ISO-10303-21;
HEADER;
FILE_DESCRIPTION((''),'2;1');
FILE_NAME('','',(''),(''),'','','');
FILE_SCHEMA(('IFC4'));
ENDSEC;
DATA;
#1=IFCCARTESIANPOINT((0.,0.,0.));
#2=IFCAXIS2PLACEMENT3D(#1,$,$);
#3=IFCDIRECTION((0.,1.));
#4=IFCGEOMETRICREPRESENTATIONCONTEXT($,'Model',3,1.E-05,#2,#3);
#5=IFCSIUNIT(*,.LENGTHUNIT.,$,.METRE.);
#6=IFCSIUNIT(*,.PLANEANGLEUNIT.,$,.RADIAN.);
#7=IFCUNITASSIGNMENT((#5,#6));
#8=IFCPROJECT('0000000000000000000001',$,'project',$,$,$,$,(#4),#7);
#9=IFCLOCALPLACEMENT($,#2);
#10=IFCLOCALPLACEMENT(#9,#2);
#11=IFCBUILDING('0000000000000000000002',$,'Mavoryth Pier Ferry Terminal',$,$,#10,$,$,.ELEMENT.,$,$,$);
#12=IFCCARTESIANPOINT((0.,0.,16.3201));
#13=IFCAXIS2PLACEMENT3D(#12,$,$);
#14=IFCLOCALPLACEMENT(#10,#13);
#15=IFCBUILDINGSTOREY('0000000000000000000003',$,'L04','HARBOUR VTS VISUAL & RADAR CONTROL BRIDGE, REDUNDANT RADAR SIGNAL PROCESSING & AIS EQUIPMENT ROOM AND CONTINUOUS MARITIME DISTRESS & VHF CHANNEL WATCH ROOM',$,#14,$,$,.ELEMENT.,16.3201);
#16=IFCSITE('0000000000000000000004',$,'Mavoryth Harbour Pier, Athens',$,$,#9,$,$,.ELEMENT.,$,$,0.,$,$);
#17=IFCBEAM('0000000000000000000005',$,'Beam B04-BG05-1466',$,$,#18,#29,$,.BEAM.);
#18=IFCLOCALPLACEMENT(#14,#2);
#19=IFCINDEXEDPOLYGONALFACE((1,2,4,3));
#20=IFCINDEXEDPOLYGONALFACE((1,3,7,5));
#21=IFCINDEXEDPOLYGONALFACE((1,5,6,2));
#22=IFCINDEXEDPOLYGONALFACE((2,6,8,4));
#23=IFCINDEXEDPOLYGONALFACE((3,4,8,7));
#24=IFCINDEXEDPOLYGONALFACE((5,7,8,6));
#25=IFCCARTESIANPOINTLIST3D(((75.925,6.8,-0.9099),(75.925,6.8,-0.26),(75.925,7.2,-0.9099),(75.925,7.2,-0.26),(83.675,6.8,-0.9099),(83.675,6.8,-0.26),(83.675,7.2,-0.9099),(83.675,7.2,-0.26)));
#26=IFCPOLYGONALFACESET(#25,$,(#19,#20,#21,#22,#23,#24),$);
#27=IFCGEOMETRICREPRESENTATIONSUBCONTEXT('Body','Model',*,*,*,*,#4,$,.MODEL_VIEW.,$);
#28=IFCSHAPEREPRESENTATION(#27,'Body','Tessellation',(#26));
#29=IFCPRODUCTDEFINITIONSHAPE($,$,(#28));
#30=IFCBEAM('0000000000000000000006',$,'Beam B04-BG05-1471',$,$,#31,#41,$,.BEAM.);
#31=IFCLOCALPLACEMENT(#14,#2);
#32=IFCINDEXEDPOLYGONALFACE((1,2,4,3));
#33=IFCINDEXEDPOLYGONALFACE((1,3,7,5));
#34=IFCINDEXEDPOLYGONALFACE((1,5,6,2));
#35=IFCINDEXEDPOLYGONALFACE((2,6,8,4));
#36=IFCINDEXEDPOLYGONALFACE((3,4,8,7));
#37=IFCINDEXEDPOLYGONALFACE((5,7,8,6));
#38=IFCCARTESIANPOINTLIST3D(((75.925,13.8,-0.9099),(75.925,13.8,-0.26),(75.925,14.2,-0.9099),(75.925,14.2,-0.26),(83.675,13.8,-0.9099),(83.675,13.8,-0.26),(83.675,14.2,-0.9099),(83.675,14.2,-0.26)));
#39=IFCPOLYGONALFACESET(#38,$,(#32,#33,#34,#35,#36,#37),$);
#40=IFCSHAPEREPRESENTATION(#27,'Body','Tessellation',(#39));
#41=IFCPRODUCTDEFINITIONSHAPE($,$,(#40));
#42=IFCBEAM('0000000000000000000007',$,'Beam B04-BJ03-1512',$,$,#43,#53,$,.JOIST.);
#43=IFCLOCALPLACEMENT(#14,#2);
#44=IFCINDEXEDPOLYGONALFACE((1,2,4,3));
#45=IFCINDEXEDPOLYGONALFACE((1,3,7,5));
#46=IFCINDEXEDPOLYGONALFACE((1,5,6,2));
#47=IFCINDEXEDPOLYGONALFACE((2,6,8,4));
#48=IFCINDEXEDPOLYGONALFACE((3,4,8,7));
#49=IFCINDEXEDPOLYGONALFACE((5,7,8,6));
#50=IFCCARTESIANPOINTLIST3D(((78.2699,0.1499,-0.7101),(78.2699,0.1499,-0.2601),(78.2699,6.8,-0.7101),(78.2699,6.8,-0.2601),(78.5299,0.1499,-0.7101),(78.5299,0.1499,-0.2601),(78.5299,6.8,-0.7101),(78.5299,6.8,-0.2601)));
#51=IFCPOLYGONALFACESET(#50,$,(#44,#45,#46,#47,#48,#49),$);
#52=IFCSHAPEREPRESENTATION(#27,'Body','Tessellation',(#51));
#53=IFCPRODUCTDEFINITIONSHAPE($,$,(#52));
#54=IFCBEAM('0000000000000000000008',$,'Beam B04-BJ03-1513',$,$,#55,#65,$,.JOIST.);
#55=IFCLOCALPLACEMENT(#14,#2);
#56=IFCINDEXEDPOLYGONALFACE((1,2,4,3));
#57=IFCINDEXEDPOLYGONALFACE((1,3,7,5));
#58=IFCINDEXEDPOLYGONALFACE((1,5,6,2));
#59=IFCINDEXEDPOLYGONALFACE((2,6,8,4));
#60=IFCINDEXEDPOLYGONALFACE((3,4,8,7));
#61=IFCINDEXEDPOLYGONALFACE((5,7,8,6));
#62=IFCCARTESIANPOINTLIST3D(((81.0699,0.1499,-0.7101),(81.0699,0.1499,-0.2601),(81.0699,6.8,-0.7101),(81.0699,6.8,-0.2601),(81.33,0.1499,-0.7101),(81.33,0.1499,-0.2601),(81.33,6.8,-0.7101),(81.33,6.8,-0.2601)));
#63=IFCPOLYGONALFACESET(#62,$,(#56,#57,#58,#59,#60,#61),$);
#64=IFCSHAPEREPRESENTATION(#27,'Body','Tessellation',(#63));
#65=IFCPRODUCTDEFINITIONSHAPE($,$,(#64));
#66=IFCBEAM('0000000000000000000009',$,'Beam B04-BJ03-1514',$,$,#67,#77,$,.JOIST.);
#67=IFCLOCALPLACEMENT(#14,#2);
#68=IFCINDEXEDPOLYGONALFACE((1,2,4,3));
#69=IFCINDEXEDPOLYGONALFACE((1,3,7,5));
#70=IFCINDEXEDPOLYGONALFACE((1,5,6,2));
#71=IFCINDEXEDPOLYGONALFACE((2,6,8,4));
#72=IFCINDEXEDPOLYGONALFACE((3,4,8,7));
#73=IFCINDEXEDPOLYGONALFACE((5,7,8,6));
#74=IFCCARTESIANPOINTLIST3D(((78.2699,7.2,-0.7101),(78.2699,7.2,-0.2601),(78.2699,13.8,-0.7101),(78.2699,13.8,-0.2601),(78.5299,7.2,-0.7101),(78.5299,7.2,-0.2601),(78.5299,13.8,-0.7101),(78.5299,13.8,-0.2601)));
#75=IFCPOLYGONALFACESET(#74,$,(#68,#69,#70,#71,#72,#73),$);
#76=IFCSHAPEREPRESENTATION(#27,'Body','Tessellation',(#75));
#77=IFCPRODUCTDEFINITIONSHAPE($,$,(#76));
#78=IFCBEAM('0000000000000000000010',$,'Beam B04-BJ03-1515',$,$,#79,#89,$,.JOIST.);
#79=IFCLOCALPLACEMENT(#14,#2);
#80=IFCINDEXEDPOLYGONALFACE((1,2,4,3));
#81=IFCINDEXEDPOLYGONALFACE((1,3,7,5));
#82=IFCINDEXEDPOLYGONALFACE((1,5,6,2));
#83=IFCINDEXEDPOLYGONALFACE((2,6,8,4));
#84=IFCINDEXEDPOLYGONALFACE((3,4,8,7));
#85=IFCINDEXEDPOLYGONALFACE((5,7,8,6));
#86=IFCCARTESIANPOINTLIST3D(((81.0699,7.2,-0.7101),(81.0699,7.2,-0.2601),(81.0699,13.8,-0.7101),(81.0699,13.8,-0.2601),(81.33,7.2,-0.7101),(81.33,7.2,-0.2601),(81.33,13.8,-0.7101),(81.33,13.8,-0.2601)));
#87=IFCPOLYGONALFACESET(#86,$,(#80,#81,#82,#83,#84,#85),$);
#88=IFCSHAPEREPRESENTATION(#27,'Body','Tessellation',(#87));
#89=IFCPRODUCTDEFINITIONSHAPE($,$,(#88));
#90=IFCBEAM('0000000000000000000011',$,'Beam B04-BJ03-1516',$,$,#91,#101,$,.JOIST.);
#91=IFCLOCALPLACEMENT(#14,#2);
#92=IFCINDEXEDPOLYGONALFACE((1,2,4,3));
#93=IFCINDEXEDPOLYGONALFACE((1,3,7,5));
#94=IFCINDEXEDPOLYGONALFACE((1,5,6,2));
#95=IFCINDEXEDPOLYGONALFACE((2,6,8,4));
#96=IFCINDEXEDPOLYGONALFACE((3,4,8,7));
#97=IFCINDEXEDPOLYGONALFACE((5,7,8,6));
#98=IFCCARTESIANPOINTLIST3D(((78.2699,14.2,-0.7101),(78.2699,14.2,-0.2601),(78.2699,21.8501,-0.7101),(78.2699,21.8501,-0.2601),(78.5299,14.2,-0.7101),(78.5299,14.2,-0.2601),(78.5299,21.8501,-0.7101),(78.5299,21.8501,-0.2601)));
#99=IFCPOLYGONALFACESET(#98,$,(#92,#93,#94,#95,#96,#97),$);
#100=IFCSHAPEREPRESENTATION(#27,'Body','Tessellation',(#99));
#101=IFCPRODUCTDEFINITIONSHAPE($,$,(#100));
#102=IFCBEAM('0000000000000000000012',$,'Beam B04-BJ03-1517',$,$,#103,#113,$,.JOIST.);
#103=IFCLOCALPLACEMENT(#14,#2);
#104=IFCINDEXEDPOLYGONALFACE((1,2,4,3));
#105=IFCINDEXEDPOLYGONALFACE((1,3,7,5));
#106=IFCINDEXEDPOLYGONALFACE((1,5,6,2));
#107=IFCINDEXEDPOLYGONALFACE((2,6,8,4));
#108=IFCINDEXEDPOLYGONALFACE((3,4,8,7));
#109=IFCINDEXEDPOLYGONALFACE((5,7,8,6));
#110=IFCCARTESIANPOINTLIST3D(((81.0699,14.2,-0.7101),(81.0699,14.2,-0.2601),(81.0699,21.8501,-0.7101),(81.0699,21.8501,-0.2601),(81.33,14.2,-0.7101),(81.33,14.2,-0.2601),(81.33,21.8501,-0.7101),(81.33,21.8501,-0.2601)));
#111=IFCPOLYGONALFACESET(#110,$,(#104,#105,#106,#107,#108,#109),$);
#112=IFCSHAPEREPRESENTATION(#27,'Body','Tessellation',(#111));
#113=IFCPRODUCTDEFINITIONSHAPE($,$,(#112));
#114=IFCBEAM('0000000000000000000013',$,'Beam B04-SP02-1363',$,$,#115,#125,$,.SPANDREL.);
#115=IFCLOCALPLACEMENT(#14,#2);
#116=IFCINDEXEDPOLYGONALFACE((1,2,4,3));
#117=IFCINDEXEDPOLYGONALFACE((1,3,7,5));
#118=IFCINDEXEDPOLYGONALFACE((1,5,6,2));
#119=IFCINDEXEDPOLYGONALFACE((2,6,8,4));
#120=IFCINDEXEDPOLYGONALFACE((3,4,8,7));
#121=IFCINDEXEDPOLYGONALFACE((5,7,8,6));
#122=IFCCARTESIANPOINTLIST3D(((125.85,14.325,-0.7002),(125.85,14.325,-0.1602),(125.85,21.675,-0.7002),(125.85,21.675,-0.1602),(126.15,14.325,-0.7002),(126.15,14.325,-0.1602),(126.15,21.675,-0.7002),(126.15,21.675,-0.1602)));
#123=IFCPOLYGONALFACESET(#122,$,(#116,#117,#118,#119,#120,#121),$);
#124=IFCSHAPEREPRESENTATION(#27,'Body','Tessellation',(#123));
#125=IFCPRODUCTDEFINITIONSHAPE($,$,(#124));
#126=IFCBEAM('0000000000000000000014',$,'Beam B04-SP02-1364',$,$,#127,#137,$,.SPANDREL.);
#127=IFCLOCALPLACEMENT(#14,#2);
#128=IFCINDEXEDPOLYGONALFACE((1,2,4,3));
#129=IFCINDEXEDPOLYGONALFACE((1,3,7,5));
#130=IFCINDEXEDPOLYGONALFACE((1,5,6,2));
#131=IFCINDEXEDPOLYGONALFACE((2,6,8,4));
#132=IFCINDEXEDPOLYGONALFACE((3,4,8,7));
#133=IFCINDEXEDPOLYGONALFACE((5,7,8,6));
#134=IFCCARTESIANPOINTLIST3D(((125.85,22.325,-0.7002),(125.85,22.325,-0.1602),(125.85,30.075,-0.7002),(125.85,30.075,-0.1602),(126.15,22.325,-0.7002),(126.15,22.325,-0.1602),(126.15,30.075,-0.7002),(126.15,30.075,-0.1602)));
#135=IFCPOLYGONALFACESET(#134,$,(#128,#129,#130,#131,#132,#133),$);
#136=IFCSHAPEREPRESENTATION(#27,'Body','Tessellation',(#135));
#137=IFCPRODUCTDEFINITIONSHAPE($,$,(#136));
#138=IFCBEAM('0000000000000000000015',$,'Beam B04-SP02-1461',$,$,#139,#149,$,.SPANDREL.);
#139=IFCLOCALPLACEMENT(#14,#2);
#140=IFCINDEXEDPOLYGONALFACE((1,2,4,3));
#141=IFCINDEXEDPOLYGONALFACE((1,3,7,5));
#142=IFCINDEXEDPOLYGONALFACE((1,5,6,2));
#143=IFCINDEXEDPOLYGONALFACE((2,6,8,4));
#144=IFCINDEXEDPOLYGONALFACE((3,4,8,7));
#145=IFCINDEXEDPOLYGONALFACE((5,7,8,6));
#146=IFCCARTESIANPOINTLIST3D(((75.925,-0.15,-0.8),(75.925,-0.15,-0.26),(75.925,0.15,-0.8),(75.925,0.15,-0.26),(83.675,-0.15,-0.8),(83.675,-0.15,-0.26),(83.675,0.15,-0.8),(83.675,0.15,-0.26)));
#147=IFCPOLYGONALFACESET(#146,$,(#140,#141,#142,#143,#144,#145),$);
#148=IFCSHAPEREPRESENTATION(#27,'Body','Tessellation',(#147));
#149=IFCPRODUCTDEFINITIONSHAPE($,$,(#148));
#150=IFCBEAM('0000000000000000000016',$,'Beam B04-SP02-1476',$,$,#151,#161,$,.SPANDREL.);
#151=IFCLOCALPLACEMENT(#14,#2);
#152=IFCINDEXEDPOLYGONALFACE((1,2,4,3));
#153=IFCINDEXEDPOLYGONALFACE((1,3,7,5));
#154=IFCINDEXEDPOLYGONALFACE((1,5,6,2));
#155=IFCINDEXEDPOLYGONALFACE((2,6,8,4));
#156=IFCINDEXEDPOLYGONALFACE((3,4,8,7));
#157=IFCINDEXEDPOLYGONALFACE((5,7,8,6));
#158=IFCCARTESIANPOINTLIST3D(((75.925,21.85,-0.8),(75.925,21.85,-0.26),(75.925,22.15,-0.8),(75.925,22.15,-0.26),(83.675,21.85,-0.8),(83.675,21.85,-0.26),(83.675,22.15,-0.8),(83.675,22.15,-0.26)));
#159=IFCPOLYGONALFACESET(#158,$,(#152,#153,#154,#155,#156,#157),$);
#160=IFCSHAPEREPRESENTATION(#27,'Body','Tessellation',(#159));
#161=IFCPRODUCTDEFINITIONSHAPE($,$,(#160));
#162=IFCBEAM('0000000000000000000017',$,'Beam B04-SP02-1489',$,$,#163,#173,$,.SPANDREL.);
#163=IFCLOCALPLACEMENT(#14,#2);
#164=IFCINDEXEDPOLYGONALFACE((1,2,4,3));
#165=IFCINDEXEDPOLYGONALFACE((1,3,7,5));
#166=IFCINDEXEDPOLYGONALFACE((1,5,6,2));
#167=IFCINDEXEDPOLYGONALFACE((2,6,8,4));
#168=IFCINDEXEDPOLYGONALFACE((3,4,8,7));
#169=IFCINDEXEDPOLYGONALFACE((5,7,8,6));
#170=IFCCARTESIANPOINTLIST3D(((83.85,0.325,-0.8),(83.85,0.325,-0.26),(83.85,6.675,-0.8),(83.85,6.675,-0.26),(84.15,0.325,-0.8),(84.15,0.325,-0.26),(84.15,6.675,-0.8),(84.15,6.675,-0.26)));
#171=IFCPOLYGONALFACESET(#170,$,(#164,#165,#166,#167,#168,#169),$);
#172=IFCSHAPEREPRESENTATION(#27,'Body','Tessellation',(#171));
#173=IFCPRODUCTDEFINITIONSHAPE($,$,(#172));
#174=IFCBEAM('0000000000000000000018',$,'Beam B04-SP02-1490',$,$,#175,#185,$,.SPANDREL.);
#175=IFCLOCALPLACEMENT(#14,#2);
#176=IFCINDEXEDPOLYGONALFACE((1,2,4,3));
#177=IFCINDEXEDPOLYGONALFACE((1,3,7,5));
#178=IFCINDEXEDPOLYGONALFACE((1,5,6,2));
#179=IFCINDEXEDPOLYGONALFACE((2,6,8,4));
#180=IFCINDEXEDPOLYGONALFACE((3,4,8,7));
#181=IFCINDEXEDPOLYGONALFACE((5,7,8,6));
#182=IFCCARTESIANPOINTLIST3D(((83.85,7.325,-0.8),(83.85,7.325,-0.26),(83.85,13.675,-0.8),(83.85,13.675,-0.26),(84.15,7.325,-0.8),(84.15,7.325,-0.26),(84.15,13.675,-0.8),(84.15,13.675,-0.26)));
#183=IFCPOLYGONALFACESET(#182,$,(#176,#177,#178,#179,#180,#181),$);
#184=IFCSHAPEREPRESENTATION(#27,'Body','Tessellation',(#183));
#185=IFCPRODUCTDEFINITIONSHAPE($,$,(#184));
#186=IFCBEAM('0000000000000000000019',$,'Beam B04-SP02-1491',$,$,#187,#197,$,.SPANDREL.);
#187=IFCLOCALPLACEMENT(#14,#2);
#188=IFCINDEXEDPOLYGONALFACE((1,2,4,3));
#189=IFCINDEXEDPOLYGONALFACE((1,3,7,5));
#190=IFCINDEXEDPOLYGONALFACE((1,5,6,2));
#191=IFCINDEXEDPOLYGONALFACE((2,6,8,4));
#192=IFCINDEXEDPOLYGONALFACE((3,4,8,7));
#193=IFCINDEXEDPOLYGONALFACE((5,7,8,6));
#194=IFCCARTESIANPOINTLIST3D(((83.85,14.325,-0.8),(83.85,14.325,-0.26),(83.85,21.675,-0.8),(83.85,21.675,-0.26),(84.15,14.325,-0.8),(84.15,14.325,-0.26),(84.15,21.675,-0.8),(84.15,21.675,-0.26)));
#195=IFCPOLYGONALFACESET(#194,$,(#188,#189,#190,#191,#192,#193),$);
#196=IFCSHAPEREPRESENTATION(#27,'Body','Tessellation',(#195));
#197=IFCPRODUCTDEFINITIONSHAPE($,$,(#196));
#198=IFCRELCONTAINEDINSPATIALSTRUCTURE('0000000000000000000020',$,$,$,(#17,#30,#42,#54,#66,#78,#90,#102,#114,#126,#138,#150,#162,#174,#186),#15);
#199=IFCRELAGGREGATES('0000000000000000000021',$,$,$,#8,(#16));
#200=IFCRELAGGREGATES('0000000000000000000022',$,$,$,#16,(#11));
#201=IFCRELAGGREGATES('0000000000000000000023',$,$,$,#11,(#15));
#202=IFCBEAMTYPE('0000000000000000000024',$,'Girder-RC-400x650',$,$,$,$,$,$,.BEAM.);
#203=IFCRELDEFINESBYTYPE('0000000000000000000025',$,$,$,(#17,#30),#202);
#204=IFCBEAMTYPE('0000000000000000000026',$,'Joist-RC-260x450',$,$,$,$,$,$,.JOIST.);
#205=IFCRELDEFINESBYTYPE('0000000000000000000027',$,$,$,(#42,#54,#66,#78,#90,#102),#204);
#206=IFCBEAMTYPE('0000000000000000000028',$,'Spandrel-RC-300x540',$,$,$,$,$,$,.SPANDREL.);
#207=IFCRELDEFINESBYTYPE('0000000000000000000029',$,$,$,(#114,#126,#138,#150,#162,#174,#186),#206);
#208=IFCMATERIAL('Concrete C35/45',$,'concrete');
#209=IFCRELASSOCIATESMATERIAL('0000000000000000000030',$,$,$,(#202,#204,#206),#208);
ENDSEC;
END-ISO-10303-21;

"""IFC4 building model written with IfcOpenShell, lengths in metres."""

from ifc_helpers import new_model, si_unit, direction, frame, origin, origin_2d, place, context, subcontext, project, spatial, rectangle, extrude, material, material_profile, profile_set, type_object, element, save


model = new_model("IFC4")

# Units and contexts
model_context = context("Model", 3, precision=1e-05, world=origin(), true_north=direction((0.0, 1.0)))
body_context = subcontext(model_context, "Body", "Model", "MODEL_VIEW")
ifc_project = project(units=[si_unit("LENGTHUNIT", "METRE"), si_unit("PLANEANGLEUNIT", "RADIAN")], contexts=[model_context])

# Site, building, storey
site_placement = place(None, origin())
site = spatial("IfcSite", under=ifc_project, at=site_placement, Name="Mavoryth Harbour Pier, Athens", CompositionType="ELEMENT", RefElevation=0.0)
building_placement = place(site_placement, origin())
building = spatial("IfcBuilding", under=site, at=building_placement, Name="Mavoryth Pier Ferry Terminal", CompositionType="ELEMENT")
storey_placement = place(building_placement, frame((0.0, 0.0, 16.3201)))
storey = spatial("IfcBuildingStorey", under=building, at=storey_placement, Name="L04", Description="HARBOUR VTS VISUAL & RADAR CONTROL BRIDGE, REDUNDANT RADAR SIGNAL PROCESSING & AIS EQUIPMENT ROOM AND CONTINUOUS MARITIME DISTRESS & VHF CHANNEL WATCH ROOM", CompositionType="ELEMENT", Elevation=16.3201)

# Beams
ifc_material_1 = material(Name="Concrete C35/45", Category="concrete")
ifc_material_profile_1 = material_profile(ifc_material_1, rectangle(XDim=0.3999, YDim=0.6499, at=origin_2d()), Name="RC 400x650", Category="concrete")
ifc_profile_set_1 = profile_set([ifc_material_profile_1], Name="Concrete C35/45 - RC 400x650")
beam_type_1 = type_object("IfcBeamType", Name="Girder-RC-400x650", PredefinedType="BEAM", material=ifc_profile_set_1)
for number, where, z_axis, x_axis, name in (
    (1, (75.925, 7.0, -0.585), (1.0, 0.0, 0.0), (0.0, 1.0, 0.0), "Beam B04-BG05-1466"),
    (2, (75.925, 14.0, -0.585), (1.0, 0.0, 0.0), (0.0, 1.0, 0.0), "Beam B04-BG05-1471"),
):
    element("IfcBeam", number, at=place(storey_placement, frame(where, z_axis=z_axis, x_axis=x_axis)), inside=storey, type_object=beam_type_1, Name=name, PredefinedType="BEAM", context=body_context, shape_type="SweptSolid", body=[
        extrude(rectangle(XDim=0.3999, YDim=0.6499, at=origin_2d()), origin(), (0.0, 0.0, 1.0), 7.75),
    ])
ifc_material_profile_2 = material_profile(ifc_material_1, rectangle(XDim=0.26, YDim=0.45, at=origin_2d()), Name="RC 260x450", Category="concrete")
ifc_profile_set_2 = profile_set([ifc_material_profile_2], Name="Concrete C35/45 - RC 260x450")
beam_type_2 = type_object("IfcBeamType", Name="Joist-RC-260x450", PredefinedType="JOIST", material=ifc_profile_set_2)
for number, where, z_axis, x_axis, name in (
    (3, (78.3999, 0.1499, -0.4851), (0.0, 1.0, 0.0), (-1.0, 0.0, 0.0), "Beam B04-BJ03-1512"),
    (4, (81.2, 0.1499, -0.4851), (0.0, 1.0, 0.0), (-1.0, 0.0, 0.0), "Beam B04-BJ03-1513"),
):
    element("IfcBeam", number, at=place(storey_placement, frame(where, z_axis=z_axis, x_axis=x_axis)), inside=storey, type_object=beam_type_2, Name=name, PredefinedType="JOIST", context=body_context, shape_type="SweptSolid", body=[
        extrude(rectangle(XDim=0.26, YDim=0.45, at=origin_2d()), origin(), (0.0, 0.0, 1.0), 6.6501),
    ])
for number, where, z_axis, x_axis, name in (
    (5, (78.3999, 7.2, -0.4851), (0.0, 1.0, 0.0), (-1.0, 0.0, 0.0), "Beam B04-BJ03-1514"),
    (6, (81.2, 7.2, -0.4851), (0.0, 1.0, 0.0), (-1.0, 0.0, 0.0), "Beam B04-BJ03-1515"),
):
    element("IfcBeam", number, at=place(storey_placement, frame(where, z_axis=z_axis, x_axis=x_axis)), inside=storey, type_object=beam_type_2, Name=name, PredefinedType="JOIST", context=body_context, shape_type="SweptSolid", body=[
        extrude(rectangle(XDim=0.26, YDim=0.45, at=origin_2d()), origin(), (0.0, 0.0, 1.0), 6.6001),
    ])
for number, where, z_axis, x_axis, name in (
    (7, (78.3999, 14.2, -0.4851), (0.0, 1.0, 0.0), (-1.0, 0.0, 0.0), "Beam B04-BJ03-1516"),
    (8, (81.2, 14.2, -0.4851), (0.0, 1.0, 0.0), (-1.0, 0.0, 0.0), "Beam B04-BJ03-1517"),
):
    element("IfcBeam", number, at=place(storey_placement, frame(where, z_axis=z_axis, x_axis=x_axis)), inside=storey, type_object=beam_type_2, Name=name, PredefinedType="JOIST", context=body_context, shape_type="SweptSolid", body=[
        extrude(rectangle(XDim=0.26, YDim=0.45, at=origin_2d()), origin(), (0.0, 0.0, 1.0), 7.6501),
    ])
ifc_material_profile_3 = material_profile(ifc_material_1, rectangle(XDim=0.3, YDim=0.54, at=origin_2d()), Name="RC 300x540", Category="concrete")
ifc_profile_set_3 = profile_set([ifc_material_profile_3], Name="Concrete C35/45 - RC 300x540")
beam_type_3 = type_object("IfcBeamType", Name="Spandrel-RC-300x540", PredefinedType="SPANDREL", material=ifc_profile_set_3)
beam_1_placement = place(storey_placement, frame((126.0, 14.325, -0.4302), z_axis=(0.0, 1.0, 0.0), x_axis=(-1.0, 0.0, 0.0)))
element("IfcBeam", 9, at=beam_1_placement, inside=storey, type_object=beam_type_3, Name="Beam B04-SP02-1363", PredefinedType="SPANDREL", context=body_context, shape_type="SweptSolid", body=[
    extrude(rectangle(XDim=0.3, YDim=0.54, at=origin_2d()), origin(), (0.0, 0.0, 1.0), 7.3501),
])
for number, where, z_axis, x_axis, name in (
    (10, (126.0, 22.325, -0.4302), (0.0, 1.0, 0.0), (-1.0, 0.0, 0.0), "Beam B04-SP02-1364"),
    (11, (75.925, 0.0, -0.53), (1.0, 0.0, 0.0), (0.0, 1.0, 0.0), "Beam B04-SP02-1461"),
    (12, (75.925, 22.0, -0.53), (1.0, 0.0, 0.0), (0.0, 1.0, 0.0), "Beam B04-SP02-1476"),
):
    element("IfcBeam", number, at=place(storey_placement, frame(where, z_axis=z_axis, x_axis=x_axis)), inside=storey, type_object=beam_type_3, Name=name, PredefinedType="SPANDREL", context=body_context, shape_type="SweptSolid", body=[
        extrude(rectangle(XDim=0.3, YDim=0.54, at=origin_2d()), origin(), (0.0, 0.0, 1.0), 7.75),
    ])
for number, where, z_axis, x_axis, name in (
    (13, (84.0, 0.325, -0.53), (0.0, 1.0, 0.0), (-1.0, 0.0, 0.0), "Beam B04-SP02-1489"),
    (14, (84.0, 7.325, -0.53), (0.0, 1.0, 0.0), (-1.0, 0.0, 0.0), "Beam B04-SP02-1490"),
):
    element("IfcBeam", number, at=place(storey_placement, frame(where, z_axis=z_axis, x_axis=x_axis)), inside=storey, type_object=beam_type_3, Name=name, PredefinedType="SPANDREL", context=body_context, shape_type="SweptSolid", body=[
        extrude(rectangle(XDim=0.3, YDim=0.54, at=origin_2d()), origin(), (0.0, 0.0, 1.0), 6.3501),
    ])
beam_2_placement = place(storey_placement, frame((84.0, 14.325, -0.53), z_axis=(0.0, 1.0, 0.0), x_axis=(-1.0, 0.0, 0.0)))
element("IfcBeam", 15, at=beam_2_placement, inside=storey, type_object=beam_type_3, Name="Beam B04-SP02-1491", PredefinedType="SPANDREL", context=body_context, shape_type="SweptSolid", body=[
    extrude(rectangle(XDim=0.3, YDim=0.54, at=origin_2d()), origin(), (0.0, 0.0, 1.0), 7.3501),
])

save(model, "model.ifc")
